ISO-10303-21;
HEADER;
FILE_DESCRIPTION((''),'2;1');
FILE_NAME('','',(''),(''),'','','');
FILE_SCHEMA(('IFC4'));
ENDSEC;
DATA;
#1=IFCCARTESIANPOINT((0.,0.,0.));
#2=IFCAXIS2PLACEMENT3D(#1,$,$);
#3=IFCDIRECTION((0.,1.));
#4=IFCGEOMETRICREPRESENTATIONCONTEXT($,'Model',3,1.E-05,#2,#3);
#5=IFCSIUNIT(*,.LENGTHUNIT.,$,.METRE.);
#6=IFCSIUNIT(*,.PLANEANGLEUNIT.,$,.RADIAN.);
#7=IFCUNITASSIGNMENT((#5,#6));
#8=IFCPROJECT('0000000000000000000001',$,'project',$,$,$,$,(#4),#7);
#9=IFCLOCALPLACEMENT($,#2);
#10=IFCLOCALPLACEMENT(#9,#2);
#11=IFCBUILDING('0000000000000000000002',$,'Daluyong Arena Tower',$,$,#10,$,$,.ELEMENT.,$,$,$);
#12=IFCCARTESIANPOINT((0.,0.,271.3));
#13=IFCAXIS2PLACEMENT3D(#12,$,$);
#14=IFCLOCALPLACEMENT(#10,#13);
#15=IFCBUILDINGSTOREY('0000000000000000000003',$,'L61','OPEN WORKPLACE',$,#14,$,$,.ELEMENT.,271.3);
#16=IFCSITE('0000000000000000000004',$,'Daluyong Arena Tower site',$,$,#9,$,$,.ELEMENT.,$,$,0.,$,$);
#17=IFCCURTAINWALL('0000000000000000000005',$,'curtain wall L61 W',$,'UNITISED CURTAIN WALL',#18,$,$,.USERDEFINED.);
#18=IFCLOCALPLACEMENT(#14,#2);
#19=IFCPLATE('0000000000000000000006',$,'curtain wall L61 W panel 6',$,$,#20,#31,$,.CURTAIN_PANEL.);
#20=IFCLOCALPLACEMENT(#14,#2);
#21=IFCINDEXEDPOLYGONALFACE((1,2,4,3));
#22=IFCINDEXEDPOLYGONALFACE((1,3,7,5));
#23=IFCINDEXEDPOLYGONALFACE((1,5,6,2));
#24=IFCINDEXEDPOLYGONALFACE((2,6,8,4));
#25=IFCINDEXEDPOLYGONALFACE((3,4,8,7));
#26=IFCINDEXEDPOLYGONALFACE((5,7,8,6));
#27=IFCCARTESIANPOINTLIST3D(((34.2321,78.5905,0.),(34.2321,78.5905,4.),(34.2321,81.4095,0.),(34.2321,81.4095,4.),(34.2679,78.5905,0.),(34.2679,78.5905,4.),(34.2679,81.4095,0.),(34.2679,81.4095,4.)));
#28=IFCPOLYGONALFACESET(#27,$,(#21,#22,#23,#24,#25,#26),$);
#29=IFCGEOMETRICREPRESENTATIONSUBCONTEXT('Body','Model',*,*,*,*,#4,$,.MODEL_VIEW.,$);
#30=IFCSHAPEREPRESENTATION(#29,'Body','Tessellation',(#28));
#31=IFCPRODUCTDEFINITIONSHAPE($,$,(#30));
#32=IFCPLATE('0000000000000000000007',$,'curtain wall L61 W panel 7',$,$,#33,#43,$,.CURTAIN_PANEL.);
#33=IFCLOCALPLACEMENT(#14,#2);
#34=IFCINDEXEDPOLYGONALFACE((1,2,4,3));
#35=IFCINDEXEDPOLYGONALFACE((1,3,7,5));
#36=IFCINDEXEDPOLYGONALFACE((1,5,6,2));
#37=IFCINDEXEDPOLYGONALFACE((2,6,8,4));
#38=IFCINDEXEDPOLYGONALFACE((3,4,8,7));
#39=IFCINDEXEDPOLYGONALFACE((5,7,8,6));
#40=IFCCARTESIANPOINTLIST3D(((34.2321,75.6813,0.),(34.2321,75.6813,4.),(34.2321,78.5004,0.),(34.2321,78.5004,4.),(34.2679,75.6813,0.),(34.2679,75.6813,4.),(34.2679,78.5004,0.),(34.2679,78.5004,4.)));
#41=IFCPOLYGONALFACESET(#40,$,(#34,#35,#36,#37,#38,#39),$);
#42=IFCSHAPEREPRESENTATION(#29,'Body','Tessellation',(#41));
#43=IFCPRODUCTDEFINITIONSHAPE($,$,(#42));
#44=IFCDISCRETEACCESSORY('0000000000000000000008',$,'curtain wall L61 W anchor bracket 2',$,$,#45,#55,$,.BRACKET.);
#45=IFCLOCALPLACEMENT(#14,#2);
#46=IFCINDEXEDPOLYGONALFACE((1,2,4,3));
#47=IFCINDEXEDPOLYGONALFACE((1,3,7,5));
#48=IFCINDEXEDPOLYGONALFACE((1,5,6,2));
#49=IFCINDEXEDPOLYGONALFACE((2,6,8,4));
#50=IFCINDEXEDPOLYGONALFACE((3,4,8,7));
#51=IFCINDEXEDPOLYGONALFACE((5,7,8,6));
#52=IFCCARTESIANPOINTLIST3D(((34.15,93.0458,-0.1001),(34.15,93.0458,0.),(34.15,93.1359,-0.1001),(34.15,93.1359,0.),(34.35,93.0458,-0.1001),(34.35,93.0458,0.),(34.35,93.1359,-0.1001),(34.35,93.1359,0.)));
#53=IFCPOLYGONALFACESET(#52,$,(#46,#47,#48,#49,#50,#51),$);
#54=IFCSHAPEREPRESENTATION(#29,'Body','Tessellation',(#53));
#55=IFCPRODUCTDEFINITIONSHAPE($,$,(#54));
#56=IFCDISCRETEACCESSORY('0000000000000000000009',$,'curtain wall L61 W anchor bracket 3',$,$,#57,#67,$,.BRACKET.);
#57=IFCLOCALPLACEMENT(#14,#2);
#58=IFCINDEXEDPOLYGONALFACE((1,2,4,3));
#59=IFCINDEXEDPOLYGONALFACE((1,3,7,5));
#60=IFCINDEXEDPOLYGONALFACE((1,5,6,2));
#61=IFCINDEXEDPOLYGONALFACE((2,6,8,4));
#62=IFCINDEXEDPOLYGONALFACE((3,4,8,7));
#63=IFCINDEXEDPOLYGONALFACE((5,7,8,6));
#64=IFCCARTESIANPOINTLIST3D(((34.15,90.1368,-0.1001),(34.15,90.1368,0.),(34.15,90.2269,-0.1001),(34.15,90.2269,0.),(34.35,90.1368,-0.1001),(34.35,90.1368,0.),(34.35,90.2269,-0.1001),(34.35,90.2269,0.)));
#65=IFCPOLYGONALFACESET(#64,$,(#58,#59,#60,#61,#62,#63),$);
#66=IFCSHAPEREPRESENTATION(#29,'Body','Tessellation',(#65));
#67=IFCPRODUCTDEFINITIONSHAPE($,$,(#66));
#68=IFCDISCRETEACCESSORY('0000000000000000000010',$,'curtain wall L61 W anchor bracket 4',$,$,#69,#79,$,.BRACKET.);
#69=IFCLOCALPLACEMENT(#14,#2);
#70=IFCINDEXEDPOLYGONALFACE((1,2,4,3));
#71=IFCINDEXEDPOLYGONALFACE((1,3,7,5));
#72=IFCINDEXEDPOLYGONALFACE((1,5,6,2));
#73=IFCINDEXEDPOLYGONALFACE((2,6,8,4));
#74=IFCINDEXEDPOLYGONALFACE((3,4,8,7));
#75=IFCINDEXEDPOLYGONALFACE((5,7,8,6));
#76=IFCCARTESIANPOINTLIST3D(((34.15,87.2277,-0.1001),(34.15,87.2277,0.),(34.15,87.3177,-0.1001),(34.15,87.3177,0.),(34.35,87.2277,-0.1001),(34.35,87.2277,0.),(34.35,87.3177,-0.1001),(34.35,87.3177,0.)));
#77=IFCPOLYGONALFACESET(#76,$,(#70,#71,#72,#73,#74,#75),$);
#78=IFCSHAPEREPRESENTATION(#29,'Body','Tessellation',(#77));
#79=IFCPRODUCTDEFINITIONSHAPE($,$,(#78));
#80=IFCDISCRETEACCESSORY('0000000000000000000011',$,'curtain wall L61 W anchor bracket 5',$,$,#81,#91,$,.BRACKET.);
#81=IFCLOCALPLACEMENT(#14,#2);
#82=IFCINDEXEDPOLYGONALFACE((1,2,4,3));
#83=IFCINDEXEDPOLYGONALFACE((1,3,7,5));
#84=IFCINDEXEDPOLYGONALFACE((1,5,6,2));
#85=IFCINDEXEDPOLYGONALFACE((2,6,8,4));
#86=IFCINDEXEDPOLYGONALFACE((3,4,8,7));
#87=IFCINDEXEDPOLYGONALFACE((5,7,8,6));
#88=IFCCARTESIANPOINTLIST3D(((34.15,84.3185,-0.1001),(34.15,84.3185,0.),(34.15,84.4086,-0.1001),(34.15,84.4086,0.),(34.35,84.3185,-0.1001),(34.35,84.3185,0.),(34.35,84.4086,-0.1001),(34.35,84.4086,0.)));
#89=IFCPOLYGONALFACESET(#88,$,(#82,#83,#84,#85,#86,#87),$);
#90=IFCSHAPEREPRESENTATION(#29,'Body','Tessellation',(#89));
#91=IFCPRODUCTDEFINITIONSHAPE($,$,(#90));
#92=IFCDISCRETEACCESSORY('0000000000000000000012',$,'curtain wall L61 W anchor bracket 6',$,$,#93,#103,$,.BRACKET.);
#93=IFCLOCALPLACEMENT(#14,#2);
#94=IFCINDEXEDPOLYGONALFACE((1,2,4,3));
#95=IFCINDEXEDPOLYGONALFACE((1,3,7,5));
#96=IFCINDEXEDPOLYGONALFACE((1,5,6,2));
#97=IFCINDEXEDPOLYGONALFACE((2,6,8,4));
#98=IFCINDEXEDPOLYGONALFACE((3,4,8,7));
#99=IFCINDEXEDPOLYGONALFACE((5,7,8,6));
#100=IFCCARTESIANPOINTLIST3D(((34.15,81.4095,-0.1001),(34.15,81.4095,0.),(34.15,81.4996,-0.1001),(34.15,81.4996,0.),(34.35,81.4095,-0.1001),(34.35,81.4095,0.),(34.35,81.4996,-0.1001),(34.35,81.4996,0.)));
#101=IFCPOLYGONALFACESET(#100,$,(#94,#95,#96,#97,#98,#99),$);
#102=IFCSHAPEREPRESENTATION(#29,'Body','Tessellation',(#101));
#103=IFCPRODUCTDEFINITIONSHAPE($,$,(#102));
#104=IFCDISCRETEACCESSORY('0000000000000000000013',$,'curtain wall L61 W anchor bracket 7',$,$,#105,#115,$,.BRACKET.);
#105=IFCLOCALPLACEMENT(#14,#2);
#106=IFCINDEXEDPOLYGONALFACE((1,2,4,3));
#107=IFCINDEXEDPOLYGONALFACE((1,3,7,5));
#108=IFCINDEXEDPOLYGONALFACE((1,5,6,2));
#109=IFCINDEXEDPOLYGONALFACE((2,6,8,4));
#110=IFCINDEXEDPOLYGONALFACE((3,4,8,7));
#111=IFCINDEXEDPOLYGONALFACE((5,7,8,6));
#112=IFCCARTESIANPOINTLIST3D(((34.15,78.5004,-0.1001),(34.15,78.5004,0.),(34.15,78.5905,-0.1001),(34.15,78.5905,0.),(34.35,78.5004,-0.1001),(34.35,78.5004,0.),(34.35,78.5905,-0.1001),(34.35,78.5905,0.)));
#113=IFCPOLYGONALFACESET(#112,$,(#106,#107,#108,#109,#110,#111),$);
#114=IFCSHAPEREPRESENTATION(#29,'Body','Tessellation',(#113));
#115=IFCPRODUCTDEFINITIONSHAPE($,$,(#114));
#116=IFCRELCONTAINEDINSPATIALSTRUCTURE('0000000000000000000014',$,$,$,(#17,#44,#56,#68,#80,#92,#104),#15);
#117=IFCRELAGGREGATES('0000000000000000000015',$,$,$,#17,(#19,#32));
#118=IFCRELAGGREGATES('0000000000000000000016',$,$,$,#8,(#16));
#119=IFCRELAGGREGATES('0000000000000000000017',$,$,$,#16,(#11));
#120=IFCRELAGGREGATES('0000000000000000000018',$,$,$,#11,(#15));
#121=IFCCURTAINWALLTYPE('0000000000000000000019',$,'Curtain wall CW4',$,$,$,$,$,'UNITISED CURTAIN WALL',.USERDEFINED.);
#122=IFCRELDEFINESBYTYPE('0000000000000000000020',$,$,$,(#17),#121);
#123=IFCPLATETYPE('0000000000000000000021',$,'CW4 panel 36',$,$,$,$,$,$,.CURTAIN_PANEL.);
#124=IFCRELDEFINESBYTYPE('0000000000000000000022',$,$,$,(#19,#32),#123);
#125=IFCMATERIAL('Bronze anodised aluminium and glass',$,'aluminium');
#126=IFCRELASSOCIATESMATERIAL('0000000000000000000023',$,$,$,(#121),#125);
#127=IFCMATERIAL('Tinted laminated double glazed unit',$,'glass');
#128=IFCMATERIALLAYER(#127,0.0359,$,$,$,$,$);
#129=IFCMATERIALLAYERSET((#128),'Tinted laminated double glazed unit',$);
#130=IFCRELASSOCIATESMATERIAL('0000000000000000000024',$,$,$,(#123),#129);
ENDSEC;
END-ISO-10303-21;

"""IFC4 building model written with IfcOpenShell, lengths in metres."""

from ifc_helpers import new_model, si_unit, direction, frame, origin, origin_2d, place, context, subcontext, project, spatial, rectangle, extrude, material, layer, layer_set, type_object, element, aggregate, save


model = new_model("IFC4")

# Units and contexts
model_context = context("Model", 3, precision=1e-05, world=origin(), true_north=direction((0.0, 1.0)))
body_context = subcontext(model_context, "Body", "Model", "MODEL_VIEW")
ifc_project = project(units=[si_unit("LENGTHUNIT", "METRE"), si_unit("PLANEANGLEUNIT", "RADIAN")], contexts=[model_context])

# Site, building, storey
site_placement = place(None, origin())
site = spatial("IfcSite", under=ifc_project, at=site_placement, Name="Daluyong Arena Tower site", CompositionType="ELEMENT", RefElevation=0.0)
building_placement = place(site_placement, origin())
building = spatial("IfcBuilding", under=site, at=building_placement, Name="Daluyong Arena Tower", CompositionType="ELEMENT")
storey_placement = place(building_placement, frame((0.0, 0.0, 271.3)))
storey = spatial("IfcBuildingStorey", under=building, at=storey_placement, Name="L61", Description="OPEN WORKPLACE", CompositionType="ELEMENT", Elevation=271.3)

# Curtain wall
ifc_material_1 = material(Name="Bronze anodised aluminium and glass", Category="aluminium")
curtain_wall_type = type_object("IfcCurtainWallType", Name="Curtain wall CW4", ElementType="UNITISED CURTAIN WALL", PredefinedType="USERDEFINED", material=ifc_material_1)
curtain_wall_placement = place(storey_placement, origin())
curtain_wall = element("IfcCurtainWall", 1, at=curtain_wall_placement, inside=storey, type_object=curtain_wall_type, Name="curtain wall L61 W", ObjectType="UNITISED CURTAIN WALL", PredefinedType="USERDEFINED")

# Plates
ifc_material_2 = material(Name="Tinted laminated double glazed unit", Category="glass")
ifc_layer = layer(ifc_material_2, 0.0359)
ifc_layer_set = layer_set([ifc_layer], Name="Tinted laminated double glazed unit")
plate_type = type_object("IfcPlateType", Name="CW4 panel 36", PredefinedType="CURTAIN_PANEL", material=ifc_layer_set)
plate_1_placement = place(storey_placement, frame((34.25, 80.0, 0.0), z_axis=(0.0, 0.0, 1.0), x_axis=(0.0, -1.0, 0.0)))
plate_1 = element("IfcPlate", 2, at=plate_1_placement, type_object=plate_type, Name="curtain wall L61 W panel 6", PredefinedType="CURTAIN_PANEL", context=body_context, shape_type="SweptSolid", body=[
    extrude(rectangle(XDim=2.8191, YDim=0.0359, at=origin_2d()), origin(), (0.0, 0.0, 1.0), 4.0),
])
plate_2_placement = place(storey_placement, frame((34.25, 77.0908, 0.0), z_axis=(0.0, 0.0, 1.0), x_axis=(0.0, -1.0, 0.0)))
plate_2 = element("IfcPlate", 3, at=plate_2_placement, type_object=plate_type, Name="curtain wall L61 W panel 7", PredefinedType="CURTAIN_PANEL", context=body_context, shape_type="SweptSolid", body=[
    extrude(rectangle(XDim=2.8191, YDim=0.0359, at=origin_2d()), origin(), (0.0, 0.0, 1.0), 4.0),
])
aggregate(curtain_wall, [plate_1, plate_2])

# Discrete accessories
for number, where, z_axis, x_axis, name in (
    (4, (34.25, 93.0908, -0.1001), (0.0, 0.0, 1.0), (0.0, -1.0, 0.0), "curtain wall L61 W anchor bracket 2"),
    (5, (34.25, 90.1819, -0.1001), (0.0, 0.0, 1.0), (0.0, -1.0, 0.0), "curtain wall L61 W anchor bracket 3"),
    (6, (34.25, 87.2727, -0.1001), (0.0, 0.0, 1.0), (0.0, -1.0, 0.0), "curtain wall L61 W anchor bracket 4"),
    (7, (34.25, 84.3635, -0.1001), (0.0, 0.0, 1.0), (0.0, -1.0, 0.0), "curtain wall L61 W anchor bracket 5"),
    (8, (34.25, 81.4546, -0.1001), (0.0, 0.0, 1.0), (0.0, -1.0, 0.0), "curtain wall L61 W anchor bracket 6"),
    (9, (34.25, 78.5454, -0.1001), (0.0, 0.0, 1.0), (0.0, -1.0, 0.0), "curtain wall L61 W anchor bracket 7"),
):
    element("IfcDiscreteAccessory", number, at=place(storey_placement, frame(where, z_axis=z_axis, x_axis=x_axis)), inside=storey, Name=name, PredefinedType="BRACKET", context=body_context, shape_type="SweptSolid", body=[
        extrude(rectangle(XDim=0.0901, YDim=0.2, at=origin_2d()), origin(), (0.0, 0.0, 1.0), 0.1001),
    ])

save(model, "model.ifc")
